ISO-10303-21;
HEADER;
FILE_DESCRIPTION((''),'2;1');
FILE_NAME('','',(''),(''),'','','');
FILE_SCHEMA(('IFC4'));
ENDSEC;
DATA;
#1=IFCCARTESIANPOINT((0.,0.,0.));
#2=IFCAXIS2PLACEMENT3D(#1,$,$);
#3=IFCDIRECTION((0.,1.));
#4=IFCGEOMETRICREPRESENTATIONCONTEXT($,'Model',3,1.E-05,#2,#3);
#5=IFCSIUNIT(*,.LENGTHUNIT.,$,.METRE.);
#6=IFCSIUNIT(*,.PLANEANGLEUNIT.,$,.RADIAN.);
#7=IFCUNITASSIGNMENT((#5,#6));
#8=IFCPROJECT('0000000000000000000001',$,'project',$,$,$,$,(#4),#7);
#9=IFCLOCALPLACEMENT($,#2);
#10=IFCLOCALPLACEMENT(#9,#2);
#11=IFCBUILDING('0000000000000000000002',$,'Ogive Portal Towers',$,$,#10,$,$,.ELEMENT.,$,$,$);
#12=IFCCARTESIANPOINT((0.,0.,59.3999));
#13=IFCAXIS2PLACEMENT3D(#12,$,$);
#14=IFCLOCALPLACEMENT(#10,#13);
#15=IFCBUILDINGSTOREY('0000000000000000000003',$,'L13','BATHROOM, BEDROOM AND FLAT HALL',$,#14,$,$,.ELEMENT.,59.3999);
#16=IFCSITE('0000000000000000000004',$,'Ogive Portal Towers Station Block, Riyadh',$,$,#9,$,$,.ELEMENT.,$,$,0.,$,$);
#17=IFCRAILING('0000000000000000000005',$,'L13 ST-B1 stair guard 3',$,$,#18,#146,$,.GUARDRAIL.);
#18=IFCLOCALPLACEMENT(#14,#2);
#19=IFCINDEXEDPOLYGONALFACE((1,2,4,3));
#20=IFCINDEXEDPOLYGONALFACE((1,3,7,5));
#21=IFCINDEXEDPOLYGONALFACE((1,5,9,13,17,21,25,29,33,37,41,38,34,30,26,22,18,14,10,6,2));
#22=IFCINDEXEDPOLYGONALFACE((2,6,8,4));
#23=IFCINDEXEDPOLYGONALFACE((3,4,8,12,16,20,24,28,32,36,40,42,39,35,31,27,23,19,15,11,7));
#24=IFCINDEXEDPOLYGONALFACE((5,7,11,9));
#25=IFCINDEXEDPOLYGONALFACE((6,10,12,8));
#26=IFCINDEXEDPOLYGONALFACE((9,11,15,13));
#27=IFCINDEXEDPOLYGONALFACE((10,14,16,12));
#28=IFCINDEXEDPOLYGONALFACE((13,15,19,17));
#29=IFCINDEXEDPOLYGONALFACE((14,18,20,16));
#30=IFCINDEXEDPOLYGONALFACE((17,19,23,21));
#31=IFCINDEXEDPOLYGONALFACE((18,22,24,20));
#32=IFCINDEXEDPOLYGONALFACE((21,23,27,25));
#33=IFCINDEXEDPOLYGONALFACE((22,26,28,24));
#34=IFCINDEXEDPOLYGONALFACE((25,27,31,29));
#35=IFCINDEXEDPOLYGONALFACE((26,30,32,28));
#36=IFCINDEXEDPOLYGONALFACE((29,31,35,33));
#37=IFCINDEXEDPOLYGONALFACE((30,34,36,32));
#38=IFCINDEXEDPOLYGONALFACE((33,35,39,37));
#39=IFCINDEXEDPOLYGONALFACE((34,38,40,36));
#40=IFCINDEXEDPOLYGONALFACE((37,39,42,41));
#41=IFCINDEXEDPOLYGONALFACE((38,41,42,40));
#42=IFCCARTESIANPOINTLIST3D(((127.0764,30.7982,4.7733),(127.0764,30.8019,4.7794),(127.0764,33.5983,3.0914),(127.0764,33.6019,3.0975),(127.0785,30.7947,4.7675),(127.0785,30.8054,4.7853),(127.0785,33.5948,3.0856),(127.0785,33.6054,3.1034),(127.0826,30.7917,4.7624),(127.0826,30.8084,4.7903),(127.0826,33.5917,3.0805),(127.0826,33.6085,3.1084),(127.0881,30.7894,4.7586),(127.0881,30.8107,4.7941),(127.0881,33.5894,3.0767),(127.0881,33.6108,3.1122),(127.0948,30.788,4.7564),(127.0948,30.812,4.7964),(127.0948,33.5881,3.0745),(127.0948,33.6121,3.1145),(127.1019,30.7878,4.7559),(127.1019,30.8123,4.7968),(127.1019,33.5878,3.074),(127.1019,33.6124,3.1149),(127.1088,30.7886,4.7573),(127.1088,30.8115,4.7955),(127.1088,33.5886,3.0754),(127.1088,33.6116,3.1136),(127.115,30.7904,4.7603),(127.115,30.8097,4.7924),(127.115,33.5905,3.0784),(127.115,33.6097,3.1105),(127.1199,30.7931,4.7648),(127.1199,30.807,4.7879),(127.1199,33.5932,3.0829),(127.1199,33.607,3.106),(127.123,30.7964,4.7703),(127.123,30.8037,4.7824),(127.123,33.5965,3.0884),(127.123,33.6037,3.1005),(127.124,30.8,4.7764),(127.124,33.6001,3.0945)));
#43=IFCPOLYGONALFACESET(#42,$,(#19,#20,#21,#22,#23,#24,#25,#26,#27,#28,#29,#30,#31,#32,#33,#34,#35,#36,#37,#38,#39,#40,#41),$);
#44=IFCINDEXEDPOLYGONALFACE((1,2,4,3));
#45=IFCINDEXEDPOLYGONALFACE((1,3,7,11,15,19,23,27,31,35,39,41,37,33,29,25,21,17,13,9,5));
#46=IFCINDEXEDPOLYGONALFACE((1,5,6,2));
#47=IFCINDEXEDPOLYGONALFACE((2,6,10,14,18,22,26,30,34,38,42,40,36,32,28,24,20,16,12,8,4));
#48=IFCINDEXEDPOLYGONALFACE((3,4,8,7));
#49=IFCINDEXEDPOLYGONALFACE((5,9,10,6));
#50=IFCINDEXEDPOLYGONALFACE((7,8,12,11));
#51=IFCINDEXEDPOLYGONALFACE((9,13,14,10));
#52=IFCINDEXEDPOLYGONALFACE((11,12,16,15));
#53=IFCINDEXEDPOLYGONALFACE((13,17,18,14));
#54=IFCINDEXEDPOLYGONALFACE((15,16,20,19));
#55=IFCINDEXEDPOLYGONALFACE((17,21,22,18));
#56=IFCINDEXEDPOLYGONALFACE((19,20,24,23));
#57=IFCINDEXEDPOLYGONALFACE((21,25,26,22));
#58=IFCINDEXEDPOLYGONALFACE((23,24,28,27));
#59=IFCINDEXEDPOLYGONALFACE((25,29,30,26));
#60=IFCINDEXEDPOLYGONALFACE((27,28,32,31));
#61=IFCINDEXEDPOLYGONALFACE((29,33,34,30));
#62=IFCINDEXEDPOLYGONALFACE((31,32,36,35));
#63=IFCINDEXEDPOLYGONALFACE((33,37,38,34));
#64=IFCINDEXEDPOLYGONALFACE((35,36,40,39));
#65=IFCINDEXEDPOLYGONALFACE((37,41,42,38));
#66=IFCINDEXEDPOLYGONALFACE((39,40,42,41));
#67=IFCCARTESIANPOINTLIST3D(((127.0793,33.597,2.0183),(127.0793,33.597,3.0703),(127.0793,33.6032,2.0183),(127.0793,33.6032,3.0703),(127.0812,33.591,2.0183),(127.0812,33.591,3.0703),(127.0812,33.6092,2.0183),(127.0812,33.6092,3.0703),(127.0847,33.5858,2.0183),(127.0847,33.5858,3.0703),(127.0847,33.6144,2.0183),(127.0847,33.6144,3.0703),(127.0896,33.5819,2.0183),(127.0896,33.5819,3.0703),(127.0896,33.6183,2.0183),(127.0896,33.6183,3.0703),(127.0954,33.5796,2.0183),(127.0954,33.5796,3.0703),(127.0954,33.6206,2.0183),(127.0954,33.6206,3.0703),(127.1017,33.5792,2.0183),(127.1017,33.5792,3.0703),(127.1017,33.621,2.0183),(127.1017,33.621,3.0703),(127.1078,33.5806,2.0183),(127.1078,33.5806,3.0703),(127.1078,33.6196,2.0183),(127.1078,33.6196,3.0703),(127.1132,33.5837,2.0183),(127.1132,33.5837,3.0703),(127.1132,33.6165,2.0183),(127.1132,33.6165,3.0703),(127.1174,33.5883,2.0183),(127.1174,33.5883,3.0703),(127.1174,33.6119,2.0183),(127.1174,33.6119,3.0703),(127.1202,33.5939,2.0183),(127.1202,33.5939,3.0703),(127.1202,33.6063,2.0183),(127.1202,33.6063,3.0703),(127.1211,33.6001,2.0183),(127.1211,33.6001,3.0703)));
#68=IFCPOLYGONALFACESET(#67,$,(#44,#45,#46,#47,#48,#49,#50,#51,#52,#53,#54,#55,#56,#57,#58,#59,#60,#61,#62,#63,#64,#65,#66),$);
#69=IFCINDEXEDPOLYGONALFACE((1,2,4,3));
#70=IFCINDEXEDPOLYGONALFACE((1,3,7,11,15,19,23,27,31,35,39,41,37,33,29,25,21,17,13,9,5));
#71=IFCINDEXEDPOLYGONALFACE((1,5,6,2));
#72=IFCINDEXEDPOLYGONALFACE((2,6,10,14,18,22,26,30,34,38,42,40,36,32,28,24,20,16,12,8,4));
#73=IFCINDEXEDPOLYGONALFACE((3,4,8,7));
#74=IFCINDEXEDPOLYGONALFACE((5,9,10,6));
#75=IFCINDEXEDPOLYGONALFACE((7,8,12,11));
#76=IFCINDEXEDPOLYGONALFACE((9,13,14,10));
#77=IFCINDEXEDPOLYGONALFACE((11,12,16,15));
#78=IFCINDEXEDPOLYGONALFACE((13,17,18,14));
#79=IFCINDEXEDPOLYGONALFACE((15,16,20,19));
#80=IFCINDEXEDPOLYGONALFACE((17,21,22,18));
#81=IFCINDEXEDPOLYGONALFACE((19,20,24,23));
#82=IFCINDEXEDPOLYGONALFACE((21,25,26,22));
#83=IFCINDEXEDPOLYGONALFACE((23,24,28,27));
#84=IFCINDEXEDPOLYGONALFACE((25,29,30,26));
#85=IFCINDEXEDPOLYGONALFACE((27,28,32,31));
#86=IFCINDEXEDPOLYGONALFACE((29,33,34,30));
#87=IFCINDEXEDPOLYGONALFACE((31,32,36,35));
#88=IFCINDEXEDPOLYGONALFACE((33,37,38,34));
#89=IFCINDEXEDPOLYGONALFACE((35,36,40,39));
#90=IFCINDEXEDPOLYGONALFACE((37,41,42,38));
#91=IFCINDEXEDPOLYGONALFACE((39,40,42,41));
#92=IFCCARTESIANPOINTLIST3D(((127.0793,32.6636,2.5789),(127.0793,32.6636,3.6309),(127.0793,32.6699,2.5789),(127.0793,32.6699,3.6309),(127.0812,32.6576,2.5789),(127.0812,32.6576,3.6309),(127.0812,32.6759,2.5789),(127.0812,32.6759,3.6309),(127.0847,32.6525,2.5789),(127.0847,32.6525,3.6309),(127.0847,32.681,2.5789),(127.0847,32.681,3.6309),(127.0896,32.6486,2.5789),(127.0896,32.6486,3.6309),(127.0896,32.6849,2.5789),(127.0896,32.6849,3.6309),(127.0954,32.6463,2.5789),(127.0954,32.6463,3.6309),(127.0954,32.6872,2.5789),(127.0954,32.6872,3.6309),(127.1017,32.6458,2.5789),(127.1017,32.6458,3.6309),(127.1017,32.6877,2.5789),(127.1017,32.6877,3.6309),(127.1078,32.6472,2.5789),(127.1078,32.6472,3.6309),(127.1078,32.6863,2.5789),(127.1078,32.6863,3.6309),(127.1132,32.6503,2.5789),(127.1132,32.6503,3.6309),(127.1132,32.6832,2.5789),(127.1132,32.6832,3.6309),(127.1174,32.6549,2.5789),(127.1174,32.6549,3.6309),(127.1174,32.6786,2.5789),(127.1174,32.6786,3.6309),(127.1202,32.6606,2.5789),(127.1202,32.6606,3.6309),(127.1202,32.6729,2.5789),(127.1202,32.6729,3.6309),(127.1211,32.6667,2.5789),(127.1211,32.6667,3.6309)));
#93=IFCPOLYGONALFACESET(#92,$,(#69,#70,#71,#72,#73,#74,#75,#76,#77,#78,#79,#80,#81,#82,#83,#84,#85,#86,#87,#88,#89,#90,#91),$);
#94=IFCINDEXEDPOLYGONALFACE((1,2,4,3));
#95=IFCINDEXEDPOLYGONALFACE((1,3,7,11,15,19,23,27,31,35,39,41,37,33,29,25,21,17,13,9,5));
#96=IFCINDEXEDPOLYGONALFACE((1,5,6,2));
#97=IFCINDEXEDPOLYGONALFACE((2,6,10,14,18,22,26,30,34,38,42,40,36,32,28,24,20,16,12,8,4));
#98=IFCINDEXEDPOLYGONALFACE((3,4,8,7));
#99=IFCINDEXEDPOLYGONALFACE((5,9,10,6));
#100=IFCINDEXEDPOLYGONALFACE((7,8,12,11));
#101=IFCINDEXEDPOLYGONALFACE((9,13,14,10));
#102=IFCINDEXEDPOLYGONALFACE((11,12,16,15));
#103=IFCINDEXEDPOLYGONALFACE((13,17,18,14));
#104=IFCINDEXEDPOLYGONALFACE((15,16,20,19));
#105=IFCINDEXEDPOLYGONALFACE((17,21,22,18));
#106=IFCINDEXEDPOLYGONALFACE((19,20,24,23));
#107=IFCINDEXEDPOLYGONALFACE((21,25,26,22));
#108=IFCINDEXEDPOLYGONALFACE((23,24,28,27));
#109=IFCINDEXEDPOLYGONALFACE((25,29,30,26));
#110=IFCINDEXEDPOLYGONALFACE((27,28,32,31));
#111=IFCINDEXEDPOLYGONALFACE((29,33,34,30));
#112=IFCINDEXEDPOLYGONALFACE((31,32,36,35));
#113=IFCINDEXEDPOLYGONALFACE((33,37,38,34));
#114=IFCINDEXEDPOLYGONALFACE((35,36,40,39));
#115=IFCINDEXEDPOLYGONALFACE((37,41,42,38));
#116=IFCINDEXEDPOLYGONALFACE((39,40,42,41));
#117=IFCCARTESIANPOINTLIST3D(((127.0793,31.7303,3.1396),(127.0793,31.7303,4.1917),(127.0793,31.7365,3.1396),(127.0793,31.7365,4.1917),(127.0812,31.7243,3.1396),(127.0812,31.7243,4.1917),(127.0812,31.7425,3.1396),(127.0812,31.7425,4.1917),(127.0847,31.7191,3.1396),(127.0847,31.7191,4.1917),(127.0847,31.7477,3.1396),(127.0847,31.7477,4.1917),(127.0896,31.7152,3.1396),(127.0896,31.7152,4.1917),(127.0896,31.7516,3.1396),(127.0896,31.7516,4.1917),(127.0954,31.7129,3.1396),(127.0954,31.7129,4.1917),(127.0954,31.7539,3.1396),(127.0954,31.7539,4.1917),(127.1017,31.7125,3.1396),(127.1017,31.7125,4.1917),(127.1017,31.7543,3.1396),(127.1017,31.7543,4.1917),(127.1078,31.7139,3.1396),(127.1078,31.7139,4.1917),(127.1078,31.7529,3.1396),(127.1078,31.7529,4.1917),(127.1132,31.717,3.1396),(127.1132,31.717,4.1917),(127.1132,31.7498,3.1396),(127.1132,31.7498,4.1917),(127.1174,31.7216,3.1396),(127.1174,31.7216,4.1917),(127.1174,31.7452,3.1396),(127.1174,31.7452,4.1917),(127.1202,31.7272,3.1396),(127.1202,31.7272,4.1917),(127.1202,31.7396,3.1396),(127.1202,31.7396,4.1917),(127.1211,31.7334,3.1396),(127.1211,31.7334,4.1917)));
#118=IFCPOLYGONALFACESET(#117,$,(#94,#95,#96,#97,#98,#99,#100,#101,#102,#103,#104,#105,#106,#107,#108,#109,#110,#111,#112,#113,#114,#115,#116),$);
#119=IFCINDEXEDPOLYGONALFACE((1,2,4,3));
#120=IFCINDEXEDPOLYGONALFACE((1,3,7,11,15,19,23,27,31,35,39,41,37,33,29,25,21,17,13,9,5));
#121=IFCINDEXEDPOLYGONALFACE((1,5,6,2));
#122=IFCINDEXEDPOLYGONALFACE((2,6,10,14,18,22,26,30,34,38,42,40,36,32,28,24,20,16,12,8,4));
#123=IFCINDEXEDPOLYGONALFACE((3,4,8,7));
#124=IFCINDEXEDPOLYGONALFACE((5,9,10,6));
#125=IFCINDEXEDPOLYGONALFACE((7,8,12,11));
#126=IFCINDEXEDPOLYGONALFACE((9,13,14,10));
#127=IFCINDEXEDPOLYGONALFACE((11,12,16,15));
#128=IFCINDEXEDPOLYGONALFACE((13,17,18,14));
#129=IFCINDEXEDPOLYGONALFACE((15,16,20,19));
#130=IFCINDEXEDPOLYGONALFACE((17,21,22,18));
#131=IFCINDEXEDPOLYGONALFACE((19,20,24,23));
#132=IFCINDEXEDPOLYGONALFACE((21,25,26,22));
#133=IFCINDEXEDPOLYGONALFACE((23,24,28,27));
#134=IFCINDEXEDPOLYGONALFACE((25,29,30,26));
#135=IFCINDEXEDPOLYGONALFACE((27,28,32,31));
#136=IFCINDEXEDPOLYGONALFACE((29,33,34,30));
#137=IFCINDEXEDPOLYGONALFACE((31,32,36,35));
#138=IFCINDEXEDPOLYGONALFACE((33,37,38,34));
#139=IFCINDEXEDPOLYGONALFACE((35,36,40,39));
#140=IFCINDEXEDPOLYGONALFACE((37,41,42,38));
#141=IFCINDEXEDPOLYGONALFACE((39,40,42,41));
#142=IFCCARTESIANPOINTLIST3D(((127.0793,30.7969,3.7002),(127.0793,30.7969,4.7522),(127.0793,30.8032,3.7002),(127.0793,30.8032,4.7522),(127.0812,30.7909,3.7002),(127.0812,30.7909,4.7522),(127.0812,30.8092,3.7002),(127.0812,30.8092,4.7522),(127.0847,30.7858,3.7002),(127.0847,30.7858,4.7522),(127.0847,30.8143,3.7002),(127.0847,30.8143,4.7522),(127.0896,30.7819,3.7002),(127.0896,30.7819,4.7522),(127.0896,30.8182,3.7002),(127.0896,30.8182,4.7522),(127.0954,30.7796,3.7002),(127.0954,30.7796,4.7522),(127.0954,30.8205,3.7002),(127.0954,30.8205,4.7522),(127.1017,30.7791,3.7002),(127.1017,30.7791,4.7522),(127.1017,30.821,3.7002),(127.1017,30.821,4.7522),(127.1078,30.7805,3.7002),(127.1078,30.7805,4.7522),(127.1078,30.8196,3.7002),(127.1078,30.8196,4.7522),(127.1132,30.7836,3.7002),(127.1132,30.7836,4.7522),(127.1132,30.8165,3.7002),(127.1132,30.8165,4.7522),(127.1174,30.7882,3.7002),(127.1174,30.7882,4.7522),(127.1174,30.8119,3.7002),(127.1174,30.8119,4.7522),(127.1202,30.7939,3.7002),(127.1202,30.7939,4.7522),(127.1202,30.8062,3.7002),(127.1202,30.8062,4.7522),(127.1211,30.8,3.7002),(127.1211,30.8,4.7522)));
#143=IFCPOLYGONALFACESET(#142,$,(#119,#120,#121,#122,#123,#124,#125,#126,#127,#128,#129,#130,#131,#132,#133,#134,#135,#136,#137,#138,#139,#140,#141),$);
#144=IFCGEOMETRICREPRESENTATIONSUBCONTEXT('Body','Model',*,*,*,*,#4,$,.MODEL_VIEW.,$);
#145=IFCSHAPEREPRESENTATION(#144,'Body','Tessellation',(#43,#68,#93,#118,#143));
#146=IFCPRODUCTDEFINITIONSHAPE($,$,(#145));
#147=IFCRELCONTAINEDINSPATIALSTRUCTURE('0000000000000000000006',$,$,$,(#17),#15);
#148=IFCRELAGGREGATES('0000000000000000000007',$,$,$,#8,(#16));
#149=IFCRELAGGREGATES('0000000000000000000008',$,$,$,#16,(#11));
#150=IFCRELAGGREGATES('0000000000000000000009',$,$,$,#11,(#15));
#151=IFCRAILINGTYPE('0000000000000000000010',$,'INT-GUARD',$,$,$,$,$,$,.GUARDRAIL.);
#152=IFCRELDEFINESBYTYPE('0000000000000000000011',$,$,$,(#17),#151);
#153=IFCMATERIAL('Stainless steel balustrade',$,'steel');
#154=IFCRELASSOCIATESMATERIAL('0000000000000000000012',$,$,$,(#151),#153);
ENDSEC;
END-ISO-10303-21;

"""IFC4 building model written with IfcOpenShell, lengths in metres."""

from ifc_helpers import new_model, si_unit, direction, frame, origin, origin_2d, place, context, subcontext, project, spatial, circle, extrude, material, type_object, element, save


model = new_model("IFC4")

# Units and contexts
model_context = context("Model", 3, precision=1e-05, world=origin(), true_north=direction((0.0, 1.0)))
body_context = subcontext(model_context, "Body", "Model", "MODEL_VIEW")
ifc_project = project(units=[si_unit("LENGTHUNIT", "METRE"), si_unit("PLANEANGLEUNIT", "RADIAN")], contexts=[model_context])

# Site, building, storey
site_placement = place(None, origin())
site = spatial("IfcSite", under=ifc_project, at=site_placement, Name="Ogive Portal Towers Station Block, Riyadh", CompositionType="ELEMENT", RefElevation=0.0)
building_placement = place(site_placement, origin())
building = spatial("IfcBuilding", under=site, at=building_placement, Name="Ogive Portal Towers", CompositionType="ELEMENT")
storey_placement = place(building_placement, frame((0.0, 0.0, 59.3999)))
storey = spatial("IfcBuildingStorey", under=building, at=storey_placement, Name="L13", Description="BATHROOM, BEDROOM AND FLAT HALL", CompositionType="ELEMENT", Elevation=59.3999)

# Railing
ifc_material_1 = material(Name="Stainless steel balustrade", Category="steel")
railing_type_1 = type_object("IfcRailingType", Name="INT-GUARD", PredefinedType="GUARDRAIL", material=ifc_material_1)
railing_1_placement = place(storey_placement, frame((127.1001, 33.6001, 2.0183)))
element("IfcRailing", 1, at=railing_1_placement, inside=storey, type_object=railing_type_1, Name="L13 ST-B1 stair guard 3", PredefinedType="GUARDRAIL", context=body_context, shape_type="SweptSolid", body=[
    extrude(circle(Radius=0.0239, at=origin_2d()), frame((0.0, 0.0, 1.0762), z_axis=(0.0, -0.857242, 0.514913), x_axis=(1.0, 0.0, 0.0)), (0.0, 0.0, 1.0), 3.2664),
    extrude(circle(Radius=0.021, at=origin_2d()), origin(), (0.0, 0.0, 1.0), 1.052),
    extrude(circle(Radius=0.021, at=origin_2d()), frame((0.0, -0.9333, 0.5605)), (0.0, 0.0, 1.0), 1.052),
    extrude(circle(Radius=0.021, at=origin_2d()), frame((0.0, -1.8667, 1.1213)), (0.0, 0.0, 1.0), 1.052),
    extrude(circle(Radius=0.021, at=origin_2d()), frame((0.0, -2.8, 1.6819)), (0.0, 0.0, 1.0), 1.052),
])

save(model, "model.ifc")
